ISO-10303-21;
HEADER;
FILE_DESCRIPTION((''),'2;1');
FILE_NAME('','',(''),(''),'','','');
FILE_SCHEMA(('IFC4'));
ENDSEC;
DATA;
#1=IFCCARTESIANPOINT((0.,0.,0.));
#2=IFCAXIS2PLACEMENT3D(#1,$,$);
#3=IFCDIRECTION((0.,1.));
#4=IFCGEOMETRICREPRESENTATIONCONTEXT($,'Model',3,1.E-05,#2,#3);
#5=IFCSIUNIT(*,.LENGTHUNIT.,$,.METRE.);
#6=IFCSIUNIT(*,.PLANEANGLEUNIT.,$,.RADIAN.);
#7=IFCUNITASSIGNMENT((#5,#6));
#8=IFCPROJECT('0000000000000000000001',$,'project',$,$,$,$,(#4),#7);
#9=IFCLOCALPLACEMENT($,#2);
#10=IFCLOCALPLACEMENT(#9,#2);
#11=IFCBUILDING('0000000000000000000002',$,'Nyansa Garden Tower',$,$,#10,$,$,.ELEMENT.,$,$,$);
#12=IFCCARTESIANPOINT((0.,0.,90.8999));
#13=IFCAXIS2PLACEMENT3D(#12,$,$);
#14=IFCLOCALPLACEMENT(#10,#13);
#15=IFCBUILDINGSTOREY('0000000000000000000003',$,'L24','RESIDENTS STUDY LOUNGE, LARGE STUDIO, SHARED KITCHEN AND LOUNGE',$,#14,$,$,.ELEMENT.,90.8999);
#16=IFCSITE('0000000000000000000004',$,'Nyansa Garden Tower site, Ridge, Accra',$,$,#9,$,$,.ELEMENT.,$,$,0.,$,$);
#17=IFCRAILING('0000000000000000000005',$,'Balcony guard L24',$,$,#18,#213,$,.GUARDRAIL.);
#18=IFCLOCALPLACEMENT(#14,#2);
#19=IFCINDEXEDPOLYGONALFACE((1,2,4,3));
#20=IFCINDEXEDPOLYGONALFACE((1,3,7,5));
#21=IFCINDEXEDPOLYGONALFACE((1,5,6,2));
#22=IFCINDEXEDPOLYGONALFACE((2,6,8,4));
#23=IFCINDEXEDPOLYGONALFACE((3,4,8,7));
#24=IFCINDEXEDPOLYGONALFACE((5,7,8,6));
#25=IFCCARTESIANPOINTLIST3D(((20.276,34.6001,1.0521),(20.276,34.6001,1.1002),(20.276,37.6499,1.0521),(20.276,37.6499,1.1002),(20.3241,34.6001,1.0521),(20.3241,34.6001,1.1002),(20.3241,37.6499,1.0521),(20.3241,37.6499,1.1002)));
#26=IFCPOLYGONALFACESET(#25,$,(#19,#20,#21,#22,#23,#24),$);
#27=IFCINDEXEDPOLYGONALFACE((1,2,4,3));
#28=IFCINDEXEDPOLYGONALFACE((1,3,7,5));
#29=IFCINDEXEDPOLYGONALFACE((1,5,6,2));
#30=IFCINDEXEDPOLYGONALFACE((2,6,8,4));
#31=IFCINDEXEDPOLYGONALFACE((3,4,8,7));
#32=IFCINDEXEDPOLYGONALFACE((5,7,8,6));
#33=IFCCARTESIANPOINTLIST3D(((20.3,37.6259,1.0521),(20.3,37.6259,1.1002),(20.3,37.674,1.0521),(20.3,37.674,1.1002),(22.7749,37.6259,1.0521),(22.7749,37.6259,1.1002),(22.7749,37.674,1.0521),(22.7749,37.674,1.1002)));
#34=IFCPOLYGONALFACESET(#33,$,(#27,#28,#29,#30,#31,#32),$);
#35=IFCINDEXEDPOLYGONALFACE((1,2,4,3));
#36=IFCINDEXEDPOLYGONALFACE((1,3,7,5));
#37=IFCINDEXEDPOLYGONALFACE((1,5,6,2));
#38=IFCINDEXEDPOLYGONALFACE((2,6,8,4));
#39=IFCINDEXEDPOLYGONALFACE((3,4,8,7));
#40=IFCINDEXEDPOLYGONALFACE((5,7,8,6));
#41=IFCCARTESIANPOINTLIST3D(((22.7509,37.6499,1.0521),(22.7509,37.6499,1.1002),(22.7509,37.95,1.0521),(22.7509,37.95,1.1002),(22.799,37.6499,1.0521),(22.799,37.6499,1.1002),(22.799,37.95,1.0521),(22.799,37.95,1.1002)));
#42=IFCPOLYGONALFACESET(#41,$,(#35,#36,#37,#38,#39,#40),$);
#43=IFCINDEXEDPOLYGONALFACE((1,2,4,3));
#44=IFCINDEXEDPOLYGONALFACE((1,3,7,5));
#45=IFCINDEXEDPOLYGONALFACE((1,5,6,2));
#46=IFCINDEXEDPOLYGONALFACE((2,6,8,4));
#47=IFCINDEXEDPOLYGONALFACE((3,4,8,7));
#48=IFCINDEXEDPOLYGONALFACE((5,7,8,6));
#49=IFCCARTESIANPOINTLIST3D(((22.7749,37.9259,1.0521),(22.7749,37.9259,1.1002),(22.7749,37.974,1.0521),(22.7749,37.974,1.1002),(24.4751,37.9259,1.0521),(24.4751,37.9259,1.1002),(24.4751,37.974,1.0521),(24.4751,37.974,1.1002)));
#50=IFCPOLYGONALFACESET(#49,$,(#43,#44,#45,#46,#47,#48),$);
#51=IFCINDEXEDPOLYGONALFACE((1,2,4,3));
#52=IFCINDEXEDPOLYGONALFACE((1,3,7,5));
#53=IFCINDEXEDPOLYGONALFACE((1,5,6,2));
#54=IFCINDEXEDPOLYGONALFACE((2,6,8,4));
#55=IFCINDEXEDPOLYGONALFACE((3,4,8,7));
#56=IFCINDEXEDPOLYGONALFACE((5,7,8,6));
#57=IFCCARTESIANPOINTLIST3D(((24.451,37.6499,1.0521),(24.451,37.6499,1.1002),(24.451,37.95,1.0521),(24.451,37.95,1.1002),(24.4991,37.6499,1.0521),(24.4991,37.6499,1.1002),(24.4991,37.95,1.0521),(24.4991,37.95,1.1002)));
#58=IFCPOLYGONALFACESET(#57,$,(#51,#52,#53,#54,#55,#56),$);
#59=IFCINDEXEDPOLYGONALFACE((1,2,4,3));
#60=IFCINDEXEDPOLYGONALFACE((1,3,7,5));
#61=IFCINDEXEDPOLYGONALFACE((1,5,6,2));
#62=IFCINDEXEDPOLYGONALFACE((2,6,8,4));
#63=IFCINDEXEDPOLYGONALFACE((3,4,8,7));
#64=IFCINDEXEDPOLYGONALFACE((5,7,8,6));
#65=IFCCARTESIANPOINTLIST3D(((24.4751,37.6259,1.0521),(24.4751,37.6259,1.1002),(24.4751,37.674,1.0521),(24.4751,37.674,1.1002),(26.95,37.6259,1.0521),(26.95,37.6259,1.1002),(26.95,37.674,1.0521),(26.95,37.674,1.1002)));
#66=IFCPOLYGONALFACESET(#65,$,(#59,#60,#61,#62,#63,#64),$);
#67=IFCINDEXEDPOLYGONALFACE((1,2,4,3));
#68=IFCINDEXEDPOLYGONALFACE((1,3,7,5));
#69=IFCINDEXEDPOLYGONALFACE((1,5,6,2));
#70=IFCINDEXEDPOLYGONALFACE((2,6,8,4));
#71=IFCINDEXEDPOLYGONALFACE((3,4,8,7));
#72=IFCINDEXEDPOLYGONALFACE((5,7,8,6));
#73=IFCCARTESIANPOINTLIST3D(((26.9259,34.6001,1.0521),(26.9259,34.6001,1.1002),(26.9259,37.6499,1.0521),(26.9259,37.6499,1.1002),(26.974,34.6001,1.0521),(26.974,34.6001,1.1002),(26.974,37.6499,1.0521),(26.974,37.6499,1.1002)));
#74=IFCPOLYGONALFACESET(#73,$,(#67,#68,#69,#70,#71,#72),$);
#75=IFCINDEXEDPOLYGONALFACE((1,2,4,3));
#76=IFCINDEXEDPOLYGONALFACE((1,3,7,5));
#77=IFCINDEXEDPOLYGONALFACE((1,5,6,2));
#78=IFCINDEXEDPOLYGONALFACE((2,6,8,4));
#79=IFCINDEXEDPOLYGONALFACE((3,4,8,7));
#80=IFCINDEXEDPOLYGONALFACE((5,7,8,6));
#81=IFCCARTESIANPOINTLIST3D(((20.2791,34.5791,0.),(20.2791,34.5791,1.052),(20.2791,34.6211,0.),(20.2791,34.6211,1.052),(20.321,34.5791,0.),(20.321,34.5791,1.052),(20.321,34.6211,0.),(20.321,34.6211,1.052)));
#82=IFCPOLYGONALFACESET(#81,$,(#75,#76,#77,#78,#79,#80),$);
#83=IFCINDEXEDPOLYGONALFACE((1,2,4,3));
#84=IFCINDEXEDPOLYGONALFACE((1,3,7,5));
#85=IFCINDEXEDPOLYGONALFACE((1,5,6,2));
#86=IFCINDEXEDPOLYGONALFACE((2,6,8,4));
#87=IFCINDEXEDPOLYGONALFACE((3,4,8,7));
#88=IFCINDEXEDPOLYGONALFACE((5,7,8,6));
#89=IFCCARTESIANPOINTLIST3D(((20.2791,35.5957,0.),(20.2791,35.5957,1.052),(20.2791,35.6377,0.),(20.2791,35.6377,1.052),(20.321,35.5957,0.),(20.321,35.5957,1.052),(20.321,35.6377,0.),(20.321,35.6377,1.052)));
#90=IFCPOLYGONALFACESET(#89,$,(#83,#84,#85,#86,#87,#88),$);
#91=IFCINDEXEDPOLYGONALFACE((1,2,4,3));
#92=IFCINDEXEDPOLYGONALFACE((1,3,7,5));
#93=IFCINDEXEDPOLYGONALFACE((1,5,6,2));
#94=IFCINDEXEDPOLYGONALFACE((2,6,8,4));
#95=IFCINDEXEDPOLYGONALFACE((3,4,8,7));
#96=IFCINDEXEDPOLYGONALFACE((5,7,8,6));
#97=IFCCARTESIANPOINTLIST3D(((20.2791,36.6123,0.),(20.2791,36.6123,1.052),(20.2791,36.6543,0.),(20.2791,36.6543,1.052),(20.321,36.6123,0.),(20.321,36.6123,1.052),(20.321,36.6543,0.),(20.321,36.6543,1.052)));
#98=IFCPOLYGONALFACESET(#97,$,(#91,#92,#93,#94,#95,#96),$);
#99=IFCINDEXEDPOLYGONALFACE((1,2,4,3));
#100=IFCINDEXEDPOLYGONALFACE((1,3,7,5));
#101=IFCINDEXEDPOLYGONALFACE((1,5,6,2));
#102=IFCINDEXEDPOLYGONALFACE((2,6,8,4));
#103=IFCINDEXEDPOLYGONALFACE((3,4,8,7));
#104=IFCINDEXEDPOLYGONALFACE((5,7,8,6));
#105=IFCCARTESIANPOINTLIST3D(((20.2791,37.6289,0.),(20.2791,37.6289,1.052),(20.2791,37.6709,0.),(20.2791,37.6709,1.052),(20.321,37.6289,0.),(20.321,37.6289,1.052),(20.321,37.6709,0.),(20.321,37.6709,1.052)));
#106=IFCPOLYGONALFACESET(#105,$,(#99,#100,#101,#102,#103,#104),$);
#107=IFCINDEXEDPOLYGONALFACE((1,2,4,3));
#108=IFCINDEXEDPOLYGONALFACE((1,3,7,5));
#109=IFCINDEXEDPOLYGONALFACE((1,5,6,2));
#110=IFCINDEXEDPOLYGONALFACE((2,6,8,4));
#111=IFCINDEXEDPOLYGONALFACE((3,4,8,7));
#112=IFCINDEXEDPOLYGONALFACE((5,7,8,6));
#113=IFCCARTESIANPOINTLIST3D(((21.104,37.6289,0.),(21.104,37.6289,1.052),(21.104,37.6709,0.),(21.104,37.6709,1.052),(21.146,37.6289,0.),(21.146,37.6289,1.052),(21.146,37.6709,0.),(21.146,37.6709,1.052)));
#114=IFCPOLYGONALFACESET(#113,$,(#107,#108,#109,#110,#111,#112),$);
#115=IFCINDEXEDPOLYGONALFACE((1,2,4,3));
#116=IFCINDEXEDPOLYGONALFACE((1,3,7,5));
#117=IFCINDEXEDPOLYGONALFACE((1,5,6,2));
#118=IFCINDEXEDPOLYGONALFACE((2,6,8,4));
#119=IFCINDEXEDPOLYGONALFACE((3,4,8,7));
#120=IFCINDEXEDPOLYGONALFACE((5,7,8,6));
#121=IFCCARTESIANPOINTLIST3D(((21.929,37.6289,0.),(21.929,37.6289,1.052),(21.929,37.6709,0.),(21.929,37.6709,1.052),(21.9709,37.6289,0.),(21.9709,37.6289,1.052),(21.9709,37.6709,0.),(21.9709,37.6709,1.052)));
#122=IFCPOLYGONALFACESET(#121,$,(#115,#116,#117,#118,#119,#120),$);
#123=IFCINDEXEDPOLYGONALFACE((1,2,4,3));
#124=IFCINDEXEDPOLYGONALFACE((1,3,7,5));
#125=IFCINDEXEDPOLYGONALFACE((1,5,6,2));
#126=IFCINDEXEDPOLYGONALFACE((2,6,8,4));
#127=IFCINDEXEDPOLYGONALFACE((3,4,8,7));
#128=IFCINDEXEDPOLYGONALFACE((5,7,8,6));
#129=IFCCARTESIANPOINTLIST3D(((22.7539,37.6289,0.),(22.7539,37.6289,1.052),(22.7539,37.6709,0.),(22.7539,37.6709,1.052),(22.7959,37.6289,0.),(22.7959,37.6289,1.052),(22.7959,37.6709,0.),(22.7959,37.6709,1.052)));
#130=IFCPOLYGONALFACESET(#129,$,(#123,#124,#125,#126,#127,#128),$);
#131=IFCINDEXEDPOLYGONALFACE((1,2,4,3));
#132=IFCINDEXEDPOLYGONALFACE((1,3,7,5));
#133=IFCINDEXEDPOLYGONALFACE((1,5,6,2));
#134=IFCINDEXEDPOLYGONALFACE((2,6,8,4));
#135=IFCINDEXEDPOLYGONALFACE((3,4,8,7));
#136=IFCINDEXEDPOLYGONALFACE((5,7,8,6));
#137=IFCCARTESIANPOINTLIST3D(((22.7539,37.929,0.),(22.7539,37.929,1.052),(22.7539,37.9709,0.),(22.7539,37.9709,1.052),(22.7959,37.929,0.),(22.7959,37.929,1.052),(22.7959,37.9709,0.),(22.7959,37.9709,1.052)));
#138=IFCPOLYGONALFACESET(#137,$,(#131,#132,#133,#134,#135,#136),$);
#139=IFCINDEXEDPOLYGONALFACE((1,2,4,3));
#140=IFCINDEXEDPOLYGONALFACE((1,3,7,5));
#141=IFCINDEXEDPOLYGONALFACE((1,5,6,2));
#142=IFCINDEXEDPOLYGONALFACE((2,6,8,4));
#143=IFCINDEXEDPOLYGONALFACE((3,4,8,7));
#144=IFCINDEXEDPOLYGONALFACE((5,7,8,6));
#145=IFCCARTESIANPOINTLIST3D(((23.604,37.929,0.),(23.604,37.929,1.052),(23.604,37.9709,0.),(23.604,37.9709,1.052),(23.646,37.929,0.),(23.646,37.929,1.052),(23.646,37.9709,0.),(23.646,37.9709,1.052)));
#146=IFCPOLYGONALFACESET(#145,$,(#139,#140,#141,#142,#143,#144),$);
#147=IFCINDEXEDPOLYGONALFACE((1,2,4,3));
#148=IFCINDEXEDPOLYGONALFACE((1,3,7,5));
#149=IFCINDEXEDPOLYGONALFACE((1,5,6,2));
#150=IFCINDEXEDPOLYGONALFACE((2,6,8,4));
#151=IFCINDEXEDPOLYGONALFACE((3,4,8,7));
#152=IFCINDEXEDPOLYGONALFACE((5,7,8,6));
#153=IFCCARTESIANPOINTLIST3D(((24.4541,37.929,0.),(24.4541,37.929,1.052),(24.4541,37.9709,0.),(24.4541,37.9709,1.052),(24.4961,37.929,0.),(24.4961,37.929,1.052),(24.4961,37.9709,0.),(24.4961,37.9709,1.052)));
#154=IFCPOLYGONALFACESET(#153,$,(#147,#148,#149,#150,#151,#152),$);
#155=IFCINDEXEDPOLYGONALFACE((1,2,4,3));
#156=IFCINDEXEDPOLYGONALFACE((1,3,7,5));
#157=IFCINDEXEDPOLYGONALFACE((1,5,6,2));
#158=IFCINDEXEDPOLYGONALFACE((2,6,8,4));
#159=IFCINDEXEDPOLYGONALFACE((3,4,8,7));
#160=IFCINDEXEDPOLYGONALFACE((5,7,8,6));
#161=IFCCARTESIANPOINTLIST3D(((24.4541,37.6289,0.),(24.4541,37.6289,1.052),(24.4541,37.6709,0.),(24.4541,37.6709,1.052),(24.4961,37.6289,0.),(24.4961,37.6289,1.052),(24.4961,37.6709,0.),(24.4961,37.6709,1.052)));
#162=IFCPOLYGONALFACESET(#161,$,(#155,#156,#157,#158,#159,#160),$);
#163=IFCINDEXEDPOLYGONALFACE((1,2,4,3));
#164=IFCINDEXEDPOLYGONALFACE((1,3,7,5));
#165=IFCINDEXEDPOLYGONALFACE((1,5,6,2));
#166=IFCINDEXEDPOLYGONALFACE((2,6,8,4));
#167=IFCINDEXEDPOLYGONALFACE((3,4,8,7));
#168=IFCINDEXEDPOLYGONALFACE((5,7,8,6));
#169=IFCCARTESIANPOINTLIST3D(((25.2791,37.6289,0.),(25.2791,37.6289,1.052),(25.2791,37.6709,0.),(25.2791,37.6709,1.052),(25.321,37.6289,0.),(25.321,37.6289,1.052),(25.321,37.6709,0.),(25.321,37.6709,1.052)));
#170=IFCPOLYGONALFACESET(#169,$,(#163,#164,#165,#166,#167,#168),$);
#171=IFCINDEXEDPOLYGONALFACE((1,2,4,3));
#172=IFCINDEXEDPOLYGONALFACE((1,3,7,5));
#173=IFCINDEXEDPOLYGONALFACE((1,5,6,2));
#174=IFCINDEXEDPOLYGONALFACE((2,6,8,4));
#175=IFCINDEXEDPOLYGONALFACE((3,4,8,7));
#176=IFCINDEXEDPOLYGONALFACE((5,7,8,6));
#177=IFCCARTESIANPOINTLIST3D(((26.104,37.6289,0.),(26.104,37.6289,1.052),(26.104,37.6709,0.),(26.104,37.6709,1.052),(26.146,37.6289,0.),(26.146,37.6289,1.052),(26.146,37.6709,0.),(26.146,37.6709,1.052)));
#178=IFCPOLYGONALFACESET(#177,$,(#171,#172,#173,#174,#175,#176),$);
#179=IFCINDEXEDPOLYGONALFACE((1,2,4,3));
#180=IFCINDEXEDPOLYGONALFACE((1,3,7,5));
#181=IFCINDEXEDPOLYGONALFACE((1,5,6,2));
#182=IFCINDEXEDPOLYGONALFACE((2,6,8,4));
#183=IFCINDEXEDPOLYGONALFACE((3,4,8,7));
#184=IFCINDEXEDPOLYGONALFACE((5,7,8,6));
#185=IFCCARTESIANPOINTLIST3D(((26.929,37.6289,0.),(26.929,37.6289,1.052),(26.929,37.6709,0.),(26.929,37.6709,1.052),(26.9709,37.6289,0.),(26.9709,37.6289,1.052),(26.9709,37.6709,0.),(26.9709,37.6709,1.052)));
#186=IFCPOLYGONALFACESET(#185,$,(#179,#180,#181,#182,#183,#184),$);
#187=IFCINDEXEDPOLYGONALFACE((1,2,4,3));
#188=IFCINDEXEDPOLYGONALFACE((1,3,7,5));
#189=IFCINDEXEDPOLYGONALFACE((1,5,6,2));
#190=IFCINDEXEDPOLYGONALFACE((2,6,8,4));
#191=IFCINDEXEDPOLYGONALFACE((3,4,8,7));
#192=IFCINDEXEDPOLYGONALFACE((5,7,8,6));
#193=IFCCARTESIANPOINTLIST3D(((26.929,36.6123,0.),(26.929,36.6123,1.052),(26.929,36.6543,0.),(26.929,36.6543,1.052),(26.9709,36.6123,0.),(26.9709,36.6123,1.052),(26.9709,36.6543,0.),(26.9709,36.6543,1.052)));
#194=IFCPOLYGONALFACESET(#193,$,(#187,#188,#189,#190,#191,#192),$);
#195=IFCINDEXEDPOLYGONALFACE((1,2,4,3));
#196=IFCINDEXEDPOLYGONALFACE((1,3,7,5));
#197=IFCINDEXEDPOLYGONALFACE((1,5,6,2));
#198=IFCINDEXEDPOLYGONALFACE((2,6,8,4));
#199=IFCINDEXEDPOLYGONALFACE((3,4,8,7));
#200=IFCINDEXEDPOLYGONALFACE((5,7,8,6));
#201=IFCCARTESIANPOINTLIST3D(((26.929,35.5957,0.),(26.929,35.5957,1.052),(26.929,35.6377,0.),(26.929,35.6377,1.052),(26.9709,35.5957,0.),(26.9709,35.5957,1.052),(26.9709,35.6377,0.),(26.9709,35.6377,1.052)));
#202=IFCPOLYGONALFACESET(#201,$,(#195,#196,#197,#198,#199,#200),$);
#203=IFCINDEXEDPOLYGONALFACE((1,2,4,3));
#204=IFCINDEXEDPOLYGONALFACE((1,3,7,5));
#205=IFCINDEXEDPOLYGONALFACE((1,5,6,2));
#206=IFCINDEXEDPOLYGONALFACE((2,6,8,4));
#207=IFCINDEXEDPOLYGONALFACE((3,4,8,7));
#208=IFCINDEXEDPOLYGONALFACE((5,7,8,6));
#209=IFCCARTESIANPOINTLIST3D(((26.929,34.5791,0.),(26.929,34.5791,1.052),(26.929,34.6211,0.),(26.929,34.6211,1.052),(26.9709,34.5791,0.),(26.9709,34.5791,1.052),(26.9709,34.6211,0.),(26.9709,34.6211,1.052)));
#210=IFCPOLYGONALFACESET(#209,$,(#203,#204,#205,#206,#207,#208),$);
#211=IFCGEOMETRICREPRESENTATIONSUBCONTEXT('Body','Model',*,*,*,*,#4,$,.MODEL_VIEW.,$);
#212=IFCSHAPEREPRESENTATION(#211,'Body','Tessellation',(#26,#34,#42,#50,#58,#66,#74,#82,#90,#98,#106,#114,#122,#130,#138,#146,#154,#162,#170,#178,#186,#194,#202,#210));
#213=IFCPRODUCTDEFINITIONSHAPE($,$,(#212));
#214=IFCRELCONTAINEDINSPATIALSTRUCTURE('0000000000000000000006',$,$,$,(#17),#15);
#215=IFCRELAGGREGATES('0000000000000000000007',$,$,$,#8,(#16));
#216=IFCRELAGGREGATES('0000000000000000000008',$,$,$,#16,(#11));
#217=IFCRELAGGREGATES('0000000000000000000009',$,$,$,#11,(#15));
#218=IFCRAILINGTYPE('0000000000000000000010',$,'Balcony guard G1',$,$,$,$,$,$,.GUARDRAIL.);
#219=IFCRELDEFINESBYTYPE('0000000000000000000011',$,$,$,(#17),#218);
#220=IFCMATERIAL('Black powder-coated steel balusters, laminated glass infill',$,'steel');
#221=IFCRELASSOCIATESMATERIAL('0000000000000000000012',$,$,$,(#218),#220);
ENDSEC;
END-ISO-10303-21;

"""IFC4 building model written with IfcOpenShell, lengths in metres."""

from ifc_helpers import new_model, si_unit, direction, frame, origin, origin_2d, place, context, subcontext, project, spatial, rectangle, extrude, material, type_object, element, save


model = new_model("IFC4")

# Units and contexts
model_context = context("Model", 3, precision=1e-05, world=origin(), true_north=direction((0.0, 1.0)))
body_context = subcontext(model_context, "Body", "Model", "MODEL_VIEW")
ifc_project = project(units=[si_unit("LENGTHUNIT", "METRE"), si_unit("PLANEANGLEUNIT", "RADIAN")], contexts=[model_context])

# Site, building, storey
site_placement = place(None, origin())
site = spatial("IfcSite", under=ifc_project, at=site_placement, Name="Nyansa Garden Tower site, Ridge, Accra", CompositionType="ELEMENT", RefElevation=0.0)
building_placement = place(site_placement, origin())
building = spatial("IfcBuilding", under=site, at=building_placement, Name="Nyansa Garden Tower", CompositionType="ELEMENT")
storey_placement = place(building_placement, frame((0.0, 0.0, 90.8999)))
storey = spatial("IfcBuildingStorey", under=building, at=storey_placement, Name="L24", Description="RESIDENTS STUDY LOUNGE, LARGE STUDIO, SHARED KITCHEN AND LOUNGE", CompositionType="ELEMENT", Elevation=90.8999)

# Railing
ifc_material_1 = material(Name="Black powder-coated steel balusters, laminated glass infill", Category="steel")
railing_type = type_object("IfcRailingType", Name="Balcony guard G1", PredefinedType="GUARDRAIL", material=ifc_material_1)
railing_placement = place(storey_placement, frame((20.3, 34.6001, 0.0)))
element("IfcRailing", 1, at=railing_placement, inside=storey, type_object=railing_type, Name="Balcony guard L24", PredefinedType="GUARDRAIL", context=body_context, shape_type="SweptSolid", body=[
    extrude(rectangle(XDim=0.0481, YDim=0.0481, at=origin_2d()), frame((0.0, 0.0, 1.0762), z_axis=(0.0, 1.0, 0.0), x_axis=(-1.0, 0.0, 0.0)), (0.0, 0.0, 1.0), 3.0498),
    extrude(rectangle(XDim=0.0481, YDim=0.0481, at=origin_2d()), frame((0.0, 3.0498, 1.0762), z_axis=(1.0, 0.0, 0.0), x_axis=(0.0, 1.0, 0.0)), (0.0, 0.0, 1.0), 2.4749),
    extrude(rectangle(XDim=0.0481, YDim=0.0481, at=origin_2d()), frame((2.4749, 3.0498, 1.0762), z_axis=(0.0, 1.0, 0.0), x_axis=(-1.0, 0.0, 0.0)), (0.0, 0.0, 1.0), 0.3),
    extrude(rectangle(XDim=0.0481, YDim=0.0481, at=origin_2d()), frame((2.4749, 3.3499, 1.0762), z_axis=(1.0, 0.0, 0.0), x_axis=(0.0, 1.0, 0.0)), (0.0, 0.0, 1.0), 1.7002),
    extrude(rectangle(XDim=0.0481, YDim=0.0481, at=origin_2d()), frame((4.175, 3.3499, 1.0762), z_axis=(0.0, -1.0, 0.0), x_axis=(1.0, 0.0, 0.0)), (0.0, 0.0, 1.0), 0.3),
    extrude(rectangle(XDim=0.0481, YDim=0.0481, at=origin_2d()), frame((4.175, 3.0498, 1.0762), z_axis=(1.0, 0.0, 0.0), x_axis=(0.0, 1.0, 0.0)), (0.0, 0.0, 1.0), 2.4749),
    extrude(rectangle(XDim=0.0481, YDim=0.0481, at=origin_2d()), frame((6.6499, 3.0498, 1.0762), z_axis=(0.0, -1.0, 0.0), x_axis=(1.0, 0.0, 0.0)), (0.0, 0.0, 1.0), 3.0498),
    extrude(rectangle(XDim=0.042, YDim=0.042, at=origin_2d()), origin(), (0.0, 0.0, 1.0), 1.052),
    extrude(rectangle(XDim=0.042, YDim=0.042, at=origin_2d()), frame((0.0, 1.0166, 0.0)), (0.0, 0.0, 1.0), 1.052),
    extrude(rectangle(XDim=0.042, YDim=0.042, at=origin_2d()), frame((0.0, 2.0332, 0.0)), (0.0, 0.0, 1.0), 1.052),
    extrude(rectangle(XDim=0.042, YDim=0.042, at=origin_2d()), frame((0.0, 3.0498, 0.0)), (0.0, 0.0, 1.0), 1.052),
    extrude(rectangle(XDim=0.042, YDim=0.042, at=origin_2d()), frame((0.825, 3.0498, 0.0)), (0.0, 0.0, 1.0), 1.052),
    extrude(rectangle(XDim=0.042, YDim=0.042, at=origin_2d()), frame((1.6499, 3.0498, 0.0)), (0.0, 0.0, 1.0), 1.052),
    extrude(rectangle(XDim=0.042, YDim=0.042, at=origin_2d()), frame((2.4749, 3.0498, 0.0)), (0.0, 0.0, 1.0), 1.052),
    extrude(rectangle(XDim=0.042, YDim=0.042, at=origin_2d()), frame((2.4749, 3.3499, 0.0)), (0.0, 0.0, 1.0), 1.052),
    extrude(rectangle(XDim=0.042, YDim=0.042, at=origin_2d()), frame((3.325, 3.3499, 0.0)), (0.0, 0.0, 1.0), 1.052),
    extrude(rectangle(XDim=0.042, YDim=0.042, at=origin_2d()), frame((4.175, 3.3499, 0.0)), (0.0, 0.0, 1.0), 1.052),
    extrude(rectangle(XDim=0.042, YDim=0.042, at=origin_2d()), frame((4.175, 3.0498, 0.0)), (0.0, 0.0, 1.0), 1.052),
    extrude(rectangle(XDim=0.042, YDim=0.042, at=origin_2d()), frame((5.0, 3.0498, 0.0)), (0.0, 0.0, 1.0), 1.052),
    extrude(rectangle(XDim=0.042, YDim=0.042, at=origin_2d()), frame((5.825, 3.0498, 0.0)), (0.0, 0.0, 1.0), 1.052),
    extrude(rectangle(XDim=0.042, YDim=0.042, at=origin_2d()), frame((6.6499, 3.0498, 0.0)), (0.0, 0.0, 1.0), 1.052),
    extrude(rectangle(XDim=0.042, YDim=0.042, at=origin_2d()), frame((6.6499, 2.0332, 0.0)), (0.0, 0.0, 1.0), 1.052),
    extrude(rectangle(XDim=0.042, YDim=0.042, at=origin_2d()), frame((6.6499, 1.0166, 0.0)), (0.0, 0.0, 1.0), 1.052),
    extrude(rectangle(XDim=0.042, YDim=0.042, at=origin_2d()), frame((6.6499, 0.0, 0.0)), (0.0, 0.0, 1.0), 1.052),
])

save(model, "model.ifc")
